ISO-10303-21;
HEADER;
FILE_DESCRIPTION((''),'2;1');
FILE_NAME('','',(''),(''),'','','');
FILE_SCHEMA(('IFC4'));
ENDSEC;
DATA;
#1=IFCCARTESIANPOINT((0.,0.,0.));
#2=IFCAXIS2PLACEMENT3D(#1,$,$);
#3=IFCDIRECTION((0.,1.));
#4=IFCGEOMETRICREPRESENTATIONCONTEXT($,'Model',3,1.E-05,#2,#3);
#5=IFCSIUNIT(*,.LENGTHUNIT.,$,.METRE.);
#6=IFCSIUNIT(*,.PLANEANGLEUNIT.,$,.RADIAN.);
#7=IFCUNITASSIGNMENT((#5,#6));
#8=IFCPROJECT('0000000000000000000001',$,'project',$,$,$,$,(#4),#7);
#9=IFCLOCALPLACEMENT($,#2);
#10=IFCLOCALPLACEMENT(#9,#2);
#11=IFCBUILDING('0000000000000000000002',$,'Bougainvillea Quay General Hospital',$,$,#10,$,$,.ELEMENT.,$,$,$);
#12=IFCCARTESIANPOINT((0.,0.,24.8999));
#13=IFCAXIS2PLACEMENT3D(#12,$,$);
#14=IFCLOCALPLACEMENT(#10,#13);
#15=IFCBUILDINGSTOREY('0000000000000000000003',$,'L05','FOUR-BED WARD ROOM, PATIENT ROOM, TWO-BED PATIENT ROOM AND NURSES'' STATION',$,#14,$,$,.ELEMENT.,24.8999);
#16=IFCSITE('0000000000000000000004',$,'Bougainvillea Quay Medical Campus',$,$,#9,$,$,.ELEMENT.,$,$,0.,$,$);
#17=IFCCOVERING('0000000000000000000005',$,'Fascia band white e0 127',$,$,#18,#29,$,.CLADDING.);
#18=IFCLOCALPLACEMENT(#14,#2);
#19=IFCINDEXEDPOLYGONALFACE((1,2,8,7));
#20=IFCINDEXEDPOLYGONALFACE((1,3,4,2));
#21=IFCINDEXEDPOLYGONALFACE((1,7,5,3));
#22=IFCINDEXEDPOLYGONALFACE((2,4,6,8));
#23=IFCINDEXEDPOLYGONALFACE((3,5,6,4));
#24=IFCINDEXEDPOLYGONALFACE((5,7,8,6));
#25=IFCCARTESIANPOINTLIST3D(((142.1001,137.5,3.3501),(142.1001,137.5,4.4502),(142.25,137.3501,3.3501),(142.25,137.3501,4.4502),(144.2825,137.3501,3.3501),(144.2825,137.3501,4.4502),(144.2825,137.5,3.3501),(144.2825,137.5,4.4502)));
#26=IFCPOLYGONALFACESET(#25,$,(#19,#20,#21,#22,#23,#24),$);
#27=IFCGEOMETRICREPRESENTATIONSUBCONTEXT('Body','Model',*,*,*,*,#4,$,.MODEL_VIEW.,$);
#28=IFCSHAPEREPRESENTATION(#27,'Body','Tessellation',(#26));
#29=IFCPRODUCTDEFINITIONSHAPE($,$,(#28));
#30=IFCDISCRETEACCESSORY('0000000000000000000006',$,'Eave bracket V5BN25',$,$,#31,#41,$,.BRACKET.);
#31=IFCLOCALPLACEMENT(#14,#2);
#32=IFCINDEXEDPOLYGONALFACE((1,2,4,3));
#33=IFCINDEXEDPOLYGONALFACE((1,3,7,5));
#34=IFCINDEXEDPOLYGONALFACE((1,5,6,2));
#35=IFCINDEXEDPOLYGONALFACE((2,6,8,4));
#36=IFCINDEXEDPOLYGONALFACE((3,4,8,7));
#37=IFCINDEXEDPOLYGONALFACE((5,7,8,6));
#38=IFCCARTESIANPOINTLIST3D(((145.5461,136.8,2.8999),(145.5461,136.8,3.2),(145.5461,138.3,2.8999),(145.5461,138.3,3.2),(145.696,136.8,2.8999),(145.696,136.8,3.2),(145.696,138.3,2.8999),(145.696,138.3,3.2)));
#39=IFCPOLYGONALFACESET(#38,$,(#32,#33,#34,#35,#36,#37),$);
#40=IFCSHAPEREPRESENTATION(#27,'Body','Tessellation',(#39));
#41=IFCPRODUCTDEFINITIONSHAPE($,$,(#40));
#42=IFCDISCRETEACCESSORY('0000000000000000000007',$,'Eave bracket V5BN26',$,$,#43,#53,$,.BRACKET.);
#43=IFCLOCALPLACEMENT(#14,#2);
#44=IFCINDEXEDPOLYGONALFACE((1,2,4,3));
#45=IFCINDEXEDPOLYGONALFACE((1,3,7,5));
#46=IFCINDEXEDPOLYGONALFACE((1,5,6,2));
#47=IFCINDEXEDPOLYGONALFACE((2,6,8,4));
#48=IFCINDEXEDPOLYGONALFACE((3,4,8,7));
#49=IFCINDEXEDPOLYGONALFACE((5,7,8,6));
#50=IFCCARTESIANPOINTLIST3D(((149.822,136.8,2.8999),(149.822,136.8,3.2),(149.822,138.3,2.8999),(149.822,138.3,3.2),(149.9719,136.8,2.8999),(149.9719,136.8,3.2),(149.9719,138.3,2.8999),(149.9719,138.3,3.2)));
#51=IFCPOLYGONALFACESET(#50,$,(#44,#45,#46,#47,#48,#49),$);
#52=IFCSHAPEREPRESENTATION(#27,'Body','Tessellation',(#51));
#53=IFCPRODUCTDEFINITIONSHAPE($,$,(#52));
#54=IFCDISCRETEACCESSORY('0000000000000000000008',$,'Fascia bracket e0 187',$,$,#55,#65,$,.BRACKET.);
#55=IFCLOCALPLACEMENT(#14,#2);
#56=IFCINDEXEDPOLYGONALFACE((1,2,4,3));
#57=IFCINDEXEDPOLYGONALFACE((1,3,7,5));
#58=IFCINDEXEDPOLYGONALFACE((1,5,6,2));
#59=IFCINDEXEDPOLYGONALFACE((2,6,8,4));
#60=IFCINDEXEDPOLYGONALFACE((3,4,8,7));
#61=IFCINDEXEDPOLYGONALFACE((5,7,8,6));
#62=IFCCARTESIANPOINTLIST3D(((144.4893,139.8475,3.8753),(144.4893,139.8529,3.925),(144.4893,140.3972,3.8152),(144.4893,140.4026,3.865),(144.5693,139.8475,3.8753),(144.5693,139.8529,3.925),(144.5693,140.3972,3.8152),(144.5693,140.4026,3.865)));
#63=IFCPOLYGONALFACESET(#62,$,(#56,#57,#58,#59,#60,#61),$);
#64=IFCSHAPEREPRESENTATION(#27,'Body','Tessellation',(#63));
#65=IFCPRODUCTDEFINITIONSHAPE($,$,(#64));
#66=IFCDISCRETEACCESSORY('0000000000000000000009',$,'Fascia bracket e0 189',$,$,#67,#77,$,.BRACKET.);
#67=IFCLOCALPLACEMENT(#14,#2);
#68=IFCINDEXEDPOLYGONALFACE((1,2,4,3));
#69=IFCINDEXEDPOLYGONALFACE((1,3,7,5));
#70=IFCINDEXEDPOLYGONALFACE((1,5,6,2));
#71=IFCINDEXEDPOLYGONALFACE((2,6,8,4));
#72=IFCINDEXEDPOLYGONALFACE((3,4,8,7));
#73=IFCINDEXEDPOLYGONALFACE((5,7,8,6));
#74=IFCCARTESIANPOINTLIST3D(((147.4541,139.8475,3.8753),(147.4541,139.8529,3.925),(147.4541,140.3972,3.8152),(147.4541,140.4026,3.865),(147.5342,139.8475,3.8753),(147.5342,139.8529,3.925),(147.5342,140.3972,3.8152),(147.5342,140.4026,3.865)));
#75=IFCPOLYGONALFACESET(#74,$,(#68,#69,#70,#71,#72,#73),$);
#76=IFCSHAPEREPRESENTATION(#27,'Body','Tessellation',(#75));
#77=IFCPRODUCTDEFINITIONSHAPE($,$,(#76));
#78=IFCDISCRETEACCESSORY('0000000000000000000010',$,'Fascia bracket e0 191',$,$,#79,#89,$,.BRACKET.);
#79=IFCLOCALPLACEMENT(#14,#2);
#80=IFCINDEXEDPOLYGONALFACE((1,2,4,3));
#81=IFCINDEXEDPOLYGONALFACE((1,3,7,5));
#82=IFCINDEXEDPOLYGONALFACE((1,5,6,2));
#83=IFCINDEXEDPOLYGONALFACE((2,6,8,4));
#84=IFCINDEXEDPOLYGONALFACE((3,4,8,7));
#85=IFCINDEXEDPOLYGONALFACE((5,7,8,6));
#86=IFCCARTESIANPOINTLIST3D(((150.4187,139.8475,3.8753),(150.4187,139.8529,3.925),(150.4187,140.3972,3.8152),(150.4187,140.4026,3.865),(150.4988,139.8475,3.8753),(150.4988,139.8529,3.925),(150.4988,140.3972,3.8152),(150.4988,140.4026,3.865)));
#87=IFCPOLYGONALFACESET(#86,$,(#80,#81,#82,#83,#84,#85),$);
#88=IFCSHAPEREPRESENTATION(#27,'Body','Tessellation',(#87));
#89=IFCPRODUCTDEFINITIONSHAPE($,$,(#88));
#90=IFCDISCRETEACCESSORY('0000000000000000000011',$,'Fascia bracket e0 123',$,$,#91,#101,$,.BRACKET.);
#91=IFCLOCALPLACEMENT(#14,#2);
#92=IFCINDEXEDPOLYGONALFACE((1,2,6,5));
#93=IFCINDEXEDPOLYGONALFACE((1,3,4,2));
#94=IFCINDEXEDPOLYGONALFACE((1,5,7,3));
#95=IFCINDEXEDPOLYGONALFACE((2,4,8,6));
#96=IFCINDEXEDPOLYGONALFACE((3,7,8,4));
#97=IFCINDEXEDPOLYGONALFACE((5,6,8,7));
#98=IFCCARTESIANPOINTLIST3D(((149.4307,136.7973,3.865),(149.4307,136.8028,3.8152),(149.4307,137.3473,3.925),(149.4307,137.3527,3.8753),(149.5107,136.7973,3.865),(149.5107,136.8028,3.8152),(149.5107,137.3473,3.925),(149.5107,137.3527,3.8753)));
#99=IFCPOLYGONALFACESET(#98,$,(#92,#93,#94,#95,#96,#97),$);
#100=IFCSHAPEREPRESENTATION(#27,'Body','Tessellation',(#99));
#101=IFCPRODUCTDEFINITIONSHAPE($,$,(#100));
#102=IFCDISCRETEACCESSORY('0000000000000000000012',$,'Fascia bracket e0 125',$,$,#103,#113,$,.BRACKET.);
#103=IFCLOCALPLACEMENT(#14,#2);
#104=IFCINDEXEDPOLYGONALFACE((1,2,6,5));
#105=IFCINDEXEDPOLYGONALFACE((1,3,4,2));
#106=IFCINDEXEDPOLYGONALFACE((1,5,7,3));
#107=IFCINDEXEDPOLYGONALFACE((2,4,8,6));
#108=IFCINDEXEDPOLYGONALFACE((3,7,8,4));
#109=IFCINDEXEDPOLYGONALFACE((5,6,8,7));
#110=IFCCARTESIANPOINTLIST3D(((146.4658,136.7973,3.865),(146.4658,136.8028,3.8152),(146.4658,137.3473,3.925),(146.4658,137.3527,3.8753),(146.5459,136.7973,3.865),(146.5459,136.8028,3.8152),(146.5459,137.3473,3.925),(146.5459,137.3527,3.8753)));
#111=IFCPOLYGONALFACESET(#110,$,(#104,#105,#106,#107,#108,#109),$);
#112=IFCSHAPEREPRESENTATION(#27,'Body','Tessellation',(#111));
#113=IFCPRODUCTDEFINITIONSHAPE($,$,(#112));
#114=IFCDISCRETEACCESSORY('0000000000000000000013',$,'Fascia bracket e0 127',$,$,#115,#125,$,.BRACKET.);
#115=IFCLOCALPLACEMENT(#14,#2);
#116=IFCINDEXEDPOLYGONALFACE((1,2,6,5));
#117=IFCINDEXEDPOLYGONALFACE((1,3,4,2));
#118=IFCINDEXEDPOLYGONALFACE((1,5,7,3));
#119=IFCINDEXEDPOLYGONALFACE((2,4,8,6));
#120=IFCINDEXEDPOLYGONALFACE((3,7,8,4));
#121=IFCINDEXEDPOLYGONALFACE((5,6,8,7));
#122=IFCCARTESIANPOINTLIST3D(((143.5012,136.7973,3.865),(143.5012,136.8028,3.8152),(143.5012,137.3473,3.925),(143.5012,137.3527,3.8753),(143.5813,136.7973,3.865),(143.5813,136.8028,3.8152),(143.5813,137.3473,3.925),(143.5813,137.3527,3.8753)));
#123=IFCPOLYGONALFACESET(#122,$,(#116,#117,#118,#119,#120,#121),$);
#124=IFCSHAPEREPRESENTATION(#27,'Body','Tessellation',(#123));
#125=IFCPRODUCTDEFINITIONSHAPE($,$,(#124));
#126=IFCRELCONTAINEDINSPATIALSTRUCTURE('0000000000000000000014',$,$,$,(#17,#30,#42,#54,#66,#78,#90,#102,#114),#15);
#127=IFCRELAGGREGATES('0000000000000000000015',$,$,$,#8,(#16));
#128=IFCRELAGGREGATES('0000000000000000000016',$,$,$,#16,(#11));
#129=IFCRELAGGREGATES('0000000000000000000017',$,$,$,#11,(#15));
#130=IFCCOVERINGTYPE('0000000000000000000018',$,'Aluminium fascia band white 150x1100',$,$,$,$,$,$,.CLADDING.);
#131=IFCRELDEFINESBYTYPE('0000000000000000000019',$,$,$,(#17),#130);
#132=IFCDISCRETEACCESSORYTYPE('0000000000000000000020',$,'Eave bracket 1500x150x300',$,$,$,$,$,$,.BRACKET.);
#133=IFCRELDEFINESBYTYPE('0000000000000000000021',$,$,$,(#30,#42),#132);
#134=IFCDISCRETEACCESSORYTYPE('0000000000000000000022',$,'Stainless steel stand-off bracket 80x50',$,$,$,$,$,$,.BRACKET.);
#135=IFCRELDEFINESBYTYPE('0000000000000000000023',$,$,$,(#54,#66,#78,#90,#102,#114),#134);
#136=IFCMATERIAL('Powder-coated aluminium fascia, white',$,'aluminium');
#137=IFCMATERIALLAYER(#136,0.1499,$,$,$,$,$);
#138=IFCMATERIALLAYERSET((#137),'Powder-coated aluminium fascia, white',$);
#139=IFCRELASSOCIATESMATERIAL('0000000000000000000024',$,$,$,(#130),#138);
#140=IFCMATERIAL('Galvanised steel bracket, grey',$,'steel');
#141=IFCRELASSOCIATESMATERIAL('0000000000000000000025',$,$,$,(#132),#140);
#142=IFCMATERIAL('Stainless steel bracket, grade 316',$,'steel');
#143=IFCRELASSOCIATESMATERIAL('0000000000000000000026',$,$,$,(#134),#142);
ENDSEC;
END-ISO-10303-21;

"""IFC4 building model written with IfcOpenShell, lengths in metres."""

from ifc_helpers import new_model, si_unit, direction, frame, origin, origin_2d, place, context, subcontext, project, spatial, polyline, rectangle, outline, extrude, material, layer, layer_set, material_profile, profile_set, type_object, element, save


model = new_model("IFC4")

# Units and contexts
model_context = context("Model", 3, precision=1e-05, world=origin(), true_north=direction((0.0, 1.0)))
body_context = subcontext(model_context, "Body", "Model", "MODEL_VIEW")
ifc_project = project(units=[si_unit("LENGTHUNIT", "METRE"), si_unit("PLANEANGLEUNIT", "RADIAN")], contexts=[model_context])

# Site, building, storey
site_placement = place(None, origin())
site = spatial("IfcSite", under=ifc_project, at=site_placement, Name="Bougainvillea Quay Medical Campus", CompositionType="ELEMENT", RefElevation=0.0)
building_placement = place(site_placement, origin())
building = spatial("IfcBuilding", under=site, at=building_placement, Name="Bougainvillea Quay General Hospital", CompositionType="ELEMENT")
storey_placement = place(building_placement, frame((0.0, 0.0, 24.8999)))
storey = spatial("IfcBuildingStorey", under=building, at=storey_placement, Name="L05", Description="FOUR-BED WARD ROOM, PATIENT ROOM, TWO-BED PATIENT ROOM AND NURSES' STATION", CompositionType="ELEMENT", Elevation=24.8999)

# Covering
ifc_material_1 = material(Name="Powder-coated aluminium fascia, white", Category="aluminium")
ifc_layer_1 = layer(ifc_material_1, 0.1499)
ifc_layer_set_1 = layer_set([ifc_layer_1], Name="Powder-coated aluminium fascia, white")
covering_type = type_object("IfcCoveringType", Name="Aluminium fascia band white 150x1100", PredefinedType="CLADDING", material=ifc_layer_set_1)
covering_1_placement = place(storey_placement, frame((144.2825, 137.3501, 3.3501), z_axis=(0.0, 0.0, 1.0), x_axis=(-1.0, 0.0, 0.0)))
element("IfcCovering", 1, at=covering_1_placement, inside=storey, type_object=covering_type, Name="Fascia band white e0 127", PredefinedType="CLADDING", context=body_context, shape_type="SweptSolid", body=[
    extrude(outline(polyline([(0.0, 0.0), (2.0325, 0.0), (2.1824, -0.1499), (0.0, -0.1499), (0.0, 0.0)])), origin(), (0.0, 0.0, 1.0), 1.1001),
])

# Discrete accessories
ifc_material_2 = material(Name="Galvanised steel bracket, grey", Category="steel")
discrete_accessory_type_1 = type_object("IfcDiscreteAccessoryType", Name="Eave bracket 1500x150x300", PredefinedType="BRACKET", material=ifc_material_2)
for number, where, z_axis, x_axis, name in (
    (2, (145.6211, 137.55, 2.8999), (0.0, 0.0, 1.0), (1.0, 0.0, 0.0), "Eave bracket V5BN25"),
    (3, (149.897, 137.55, 2.8999), (0.0, 0.0, 1.0), (1.0, 0.0, 0.0), "Eave bracket V5BN26"),
):
    element("IfcDiscreteAccessory", number, at=place(storey_placement, frame(where, z_axis=z_axis, x_axis=x_axis)), inside=storey, type_object=discrete_accessory_type_1, Name=name, PredefinedType="BRACKET", context=body_context, shape_type="SweptSolid", body=[
        extrude(rectangle(XDim=0.1499, YDim=1.5, at=origin_2d()), origin(), (0.0, 0.0, 1.0), 0.3),
    ])
ifc_material_3 = material(Name="Stainless steel bracket, grade 316", Category="steel")
ifc_material_profile_1 = material_profile(ifc_material_3, rectangle(XDim=0.0801, YDim=0.05, at=origin_2d()))
ifc_profile_set_1 = profile_set([ifc_material_profile_1], Name="Stainless steel bracket, grade 316")
discrete_accessory_type_2 = type_object("IfcDiscreteAccessoryType", Name="Stainless steel stand-off bracket 80x50", PredefinedType="BRACKET", material=ifc_profile_set_1)
for number, where, z_axis, x_axis, name in (
    (4, (144.5293, 140.3999, 3.8401), (0.0, -0.994087, 0.10859), (1.0, 0.0, 0.0), "Fascia bracket e0 187"),
    (5, (147.4941, 140.3999, 3.8401), (0.0, -0.994087, 0.10859), (1.0, 0.0, 0.0), "Fascia bracket e0 189"),
    (6, (150.4587, 140.3999, 3.8401), (0.0, -0.994087, 0.10859), (1.0, 0.0, 0.0), "Fascia bracket e0 191"),
):
    element("IfcDiscreteAccessory", number, at=place(storey_placement, frame(where, z_axis=z_axis, x_axis=x_axis)), inside=storey, type_object=discrete_accessory_type_2, Name=name, PredefinedType="BRACKET", context=body_context, shape_type="SweptSolid", body=[
        extrude(rectangle(XDim=0.0801, YDim=0.05, at=origin_2d()), origin(), (0.0, 0.0, 1.0), 0.553),
    ])
for number, where, z_axis, x_axis, name in (
    (7, (149.4707, 136.8, 3.8401), (0.0, 0.994092, 0.108543), (-1.0, 0.0, 0.0), "Fascia bracket e0 123"),
    (8, (146.5059, 136.8, 3.8401), (0.0, 0.994092, 0.108543), (-1.0, 0.0, 0.0), "Fascia bracket e0 125"),
    (9, (143.5413, 136.8, 3.8401), (0.0, 0.994092, 0.108543), (-1.0, 0.0, 0.0), "Fascia bracket e0 127"),
):
    element("IfcDiscreteAccessory", number, at=place(storey_placement, frame(where, z_axis=z_axis, x_axis=x_axis)), inside=storey, type_object=discrete_accessory_type_2, Name=name, PredefinedType="BRACKET", context=body_context, shape_type="SweptSolid", body=[
        extrude(rectangle(XDim=0.0801, YDim=0.05, at=origin_2d()), origin(), (0.0, 0.0, 1.0), 0.5532),
    ])

save(model, "model.ifc")
